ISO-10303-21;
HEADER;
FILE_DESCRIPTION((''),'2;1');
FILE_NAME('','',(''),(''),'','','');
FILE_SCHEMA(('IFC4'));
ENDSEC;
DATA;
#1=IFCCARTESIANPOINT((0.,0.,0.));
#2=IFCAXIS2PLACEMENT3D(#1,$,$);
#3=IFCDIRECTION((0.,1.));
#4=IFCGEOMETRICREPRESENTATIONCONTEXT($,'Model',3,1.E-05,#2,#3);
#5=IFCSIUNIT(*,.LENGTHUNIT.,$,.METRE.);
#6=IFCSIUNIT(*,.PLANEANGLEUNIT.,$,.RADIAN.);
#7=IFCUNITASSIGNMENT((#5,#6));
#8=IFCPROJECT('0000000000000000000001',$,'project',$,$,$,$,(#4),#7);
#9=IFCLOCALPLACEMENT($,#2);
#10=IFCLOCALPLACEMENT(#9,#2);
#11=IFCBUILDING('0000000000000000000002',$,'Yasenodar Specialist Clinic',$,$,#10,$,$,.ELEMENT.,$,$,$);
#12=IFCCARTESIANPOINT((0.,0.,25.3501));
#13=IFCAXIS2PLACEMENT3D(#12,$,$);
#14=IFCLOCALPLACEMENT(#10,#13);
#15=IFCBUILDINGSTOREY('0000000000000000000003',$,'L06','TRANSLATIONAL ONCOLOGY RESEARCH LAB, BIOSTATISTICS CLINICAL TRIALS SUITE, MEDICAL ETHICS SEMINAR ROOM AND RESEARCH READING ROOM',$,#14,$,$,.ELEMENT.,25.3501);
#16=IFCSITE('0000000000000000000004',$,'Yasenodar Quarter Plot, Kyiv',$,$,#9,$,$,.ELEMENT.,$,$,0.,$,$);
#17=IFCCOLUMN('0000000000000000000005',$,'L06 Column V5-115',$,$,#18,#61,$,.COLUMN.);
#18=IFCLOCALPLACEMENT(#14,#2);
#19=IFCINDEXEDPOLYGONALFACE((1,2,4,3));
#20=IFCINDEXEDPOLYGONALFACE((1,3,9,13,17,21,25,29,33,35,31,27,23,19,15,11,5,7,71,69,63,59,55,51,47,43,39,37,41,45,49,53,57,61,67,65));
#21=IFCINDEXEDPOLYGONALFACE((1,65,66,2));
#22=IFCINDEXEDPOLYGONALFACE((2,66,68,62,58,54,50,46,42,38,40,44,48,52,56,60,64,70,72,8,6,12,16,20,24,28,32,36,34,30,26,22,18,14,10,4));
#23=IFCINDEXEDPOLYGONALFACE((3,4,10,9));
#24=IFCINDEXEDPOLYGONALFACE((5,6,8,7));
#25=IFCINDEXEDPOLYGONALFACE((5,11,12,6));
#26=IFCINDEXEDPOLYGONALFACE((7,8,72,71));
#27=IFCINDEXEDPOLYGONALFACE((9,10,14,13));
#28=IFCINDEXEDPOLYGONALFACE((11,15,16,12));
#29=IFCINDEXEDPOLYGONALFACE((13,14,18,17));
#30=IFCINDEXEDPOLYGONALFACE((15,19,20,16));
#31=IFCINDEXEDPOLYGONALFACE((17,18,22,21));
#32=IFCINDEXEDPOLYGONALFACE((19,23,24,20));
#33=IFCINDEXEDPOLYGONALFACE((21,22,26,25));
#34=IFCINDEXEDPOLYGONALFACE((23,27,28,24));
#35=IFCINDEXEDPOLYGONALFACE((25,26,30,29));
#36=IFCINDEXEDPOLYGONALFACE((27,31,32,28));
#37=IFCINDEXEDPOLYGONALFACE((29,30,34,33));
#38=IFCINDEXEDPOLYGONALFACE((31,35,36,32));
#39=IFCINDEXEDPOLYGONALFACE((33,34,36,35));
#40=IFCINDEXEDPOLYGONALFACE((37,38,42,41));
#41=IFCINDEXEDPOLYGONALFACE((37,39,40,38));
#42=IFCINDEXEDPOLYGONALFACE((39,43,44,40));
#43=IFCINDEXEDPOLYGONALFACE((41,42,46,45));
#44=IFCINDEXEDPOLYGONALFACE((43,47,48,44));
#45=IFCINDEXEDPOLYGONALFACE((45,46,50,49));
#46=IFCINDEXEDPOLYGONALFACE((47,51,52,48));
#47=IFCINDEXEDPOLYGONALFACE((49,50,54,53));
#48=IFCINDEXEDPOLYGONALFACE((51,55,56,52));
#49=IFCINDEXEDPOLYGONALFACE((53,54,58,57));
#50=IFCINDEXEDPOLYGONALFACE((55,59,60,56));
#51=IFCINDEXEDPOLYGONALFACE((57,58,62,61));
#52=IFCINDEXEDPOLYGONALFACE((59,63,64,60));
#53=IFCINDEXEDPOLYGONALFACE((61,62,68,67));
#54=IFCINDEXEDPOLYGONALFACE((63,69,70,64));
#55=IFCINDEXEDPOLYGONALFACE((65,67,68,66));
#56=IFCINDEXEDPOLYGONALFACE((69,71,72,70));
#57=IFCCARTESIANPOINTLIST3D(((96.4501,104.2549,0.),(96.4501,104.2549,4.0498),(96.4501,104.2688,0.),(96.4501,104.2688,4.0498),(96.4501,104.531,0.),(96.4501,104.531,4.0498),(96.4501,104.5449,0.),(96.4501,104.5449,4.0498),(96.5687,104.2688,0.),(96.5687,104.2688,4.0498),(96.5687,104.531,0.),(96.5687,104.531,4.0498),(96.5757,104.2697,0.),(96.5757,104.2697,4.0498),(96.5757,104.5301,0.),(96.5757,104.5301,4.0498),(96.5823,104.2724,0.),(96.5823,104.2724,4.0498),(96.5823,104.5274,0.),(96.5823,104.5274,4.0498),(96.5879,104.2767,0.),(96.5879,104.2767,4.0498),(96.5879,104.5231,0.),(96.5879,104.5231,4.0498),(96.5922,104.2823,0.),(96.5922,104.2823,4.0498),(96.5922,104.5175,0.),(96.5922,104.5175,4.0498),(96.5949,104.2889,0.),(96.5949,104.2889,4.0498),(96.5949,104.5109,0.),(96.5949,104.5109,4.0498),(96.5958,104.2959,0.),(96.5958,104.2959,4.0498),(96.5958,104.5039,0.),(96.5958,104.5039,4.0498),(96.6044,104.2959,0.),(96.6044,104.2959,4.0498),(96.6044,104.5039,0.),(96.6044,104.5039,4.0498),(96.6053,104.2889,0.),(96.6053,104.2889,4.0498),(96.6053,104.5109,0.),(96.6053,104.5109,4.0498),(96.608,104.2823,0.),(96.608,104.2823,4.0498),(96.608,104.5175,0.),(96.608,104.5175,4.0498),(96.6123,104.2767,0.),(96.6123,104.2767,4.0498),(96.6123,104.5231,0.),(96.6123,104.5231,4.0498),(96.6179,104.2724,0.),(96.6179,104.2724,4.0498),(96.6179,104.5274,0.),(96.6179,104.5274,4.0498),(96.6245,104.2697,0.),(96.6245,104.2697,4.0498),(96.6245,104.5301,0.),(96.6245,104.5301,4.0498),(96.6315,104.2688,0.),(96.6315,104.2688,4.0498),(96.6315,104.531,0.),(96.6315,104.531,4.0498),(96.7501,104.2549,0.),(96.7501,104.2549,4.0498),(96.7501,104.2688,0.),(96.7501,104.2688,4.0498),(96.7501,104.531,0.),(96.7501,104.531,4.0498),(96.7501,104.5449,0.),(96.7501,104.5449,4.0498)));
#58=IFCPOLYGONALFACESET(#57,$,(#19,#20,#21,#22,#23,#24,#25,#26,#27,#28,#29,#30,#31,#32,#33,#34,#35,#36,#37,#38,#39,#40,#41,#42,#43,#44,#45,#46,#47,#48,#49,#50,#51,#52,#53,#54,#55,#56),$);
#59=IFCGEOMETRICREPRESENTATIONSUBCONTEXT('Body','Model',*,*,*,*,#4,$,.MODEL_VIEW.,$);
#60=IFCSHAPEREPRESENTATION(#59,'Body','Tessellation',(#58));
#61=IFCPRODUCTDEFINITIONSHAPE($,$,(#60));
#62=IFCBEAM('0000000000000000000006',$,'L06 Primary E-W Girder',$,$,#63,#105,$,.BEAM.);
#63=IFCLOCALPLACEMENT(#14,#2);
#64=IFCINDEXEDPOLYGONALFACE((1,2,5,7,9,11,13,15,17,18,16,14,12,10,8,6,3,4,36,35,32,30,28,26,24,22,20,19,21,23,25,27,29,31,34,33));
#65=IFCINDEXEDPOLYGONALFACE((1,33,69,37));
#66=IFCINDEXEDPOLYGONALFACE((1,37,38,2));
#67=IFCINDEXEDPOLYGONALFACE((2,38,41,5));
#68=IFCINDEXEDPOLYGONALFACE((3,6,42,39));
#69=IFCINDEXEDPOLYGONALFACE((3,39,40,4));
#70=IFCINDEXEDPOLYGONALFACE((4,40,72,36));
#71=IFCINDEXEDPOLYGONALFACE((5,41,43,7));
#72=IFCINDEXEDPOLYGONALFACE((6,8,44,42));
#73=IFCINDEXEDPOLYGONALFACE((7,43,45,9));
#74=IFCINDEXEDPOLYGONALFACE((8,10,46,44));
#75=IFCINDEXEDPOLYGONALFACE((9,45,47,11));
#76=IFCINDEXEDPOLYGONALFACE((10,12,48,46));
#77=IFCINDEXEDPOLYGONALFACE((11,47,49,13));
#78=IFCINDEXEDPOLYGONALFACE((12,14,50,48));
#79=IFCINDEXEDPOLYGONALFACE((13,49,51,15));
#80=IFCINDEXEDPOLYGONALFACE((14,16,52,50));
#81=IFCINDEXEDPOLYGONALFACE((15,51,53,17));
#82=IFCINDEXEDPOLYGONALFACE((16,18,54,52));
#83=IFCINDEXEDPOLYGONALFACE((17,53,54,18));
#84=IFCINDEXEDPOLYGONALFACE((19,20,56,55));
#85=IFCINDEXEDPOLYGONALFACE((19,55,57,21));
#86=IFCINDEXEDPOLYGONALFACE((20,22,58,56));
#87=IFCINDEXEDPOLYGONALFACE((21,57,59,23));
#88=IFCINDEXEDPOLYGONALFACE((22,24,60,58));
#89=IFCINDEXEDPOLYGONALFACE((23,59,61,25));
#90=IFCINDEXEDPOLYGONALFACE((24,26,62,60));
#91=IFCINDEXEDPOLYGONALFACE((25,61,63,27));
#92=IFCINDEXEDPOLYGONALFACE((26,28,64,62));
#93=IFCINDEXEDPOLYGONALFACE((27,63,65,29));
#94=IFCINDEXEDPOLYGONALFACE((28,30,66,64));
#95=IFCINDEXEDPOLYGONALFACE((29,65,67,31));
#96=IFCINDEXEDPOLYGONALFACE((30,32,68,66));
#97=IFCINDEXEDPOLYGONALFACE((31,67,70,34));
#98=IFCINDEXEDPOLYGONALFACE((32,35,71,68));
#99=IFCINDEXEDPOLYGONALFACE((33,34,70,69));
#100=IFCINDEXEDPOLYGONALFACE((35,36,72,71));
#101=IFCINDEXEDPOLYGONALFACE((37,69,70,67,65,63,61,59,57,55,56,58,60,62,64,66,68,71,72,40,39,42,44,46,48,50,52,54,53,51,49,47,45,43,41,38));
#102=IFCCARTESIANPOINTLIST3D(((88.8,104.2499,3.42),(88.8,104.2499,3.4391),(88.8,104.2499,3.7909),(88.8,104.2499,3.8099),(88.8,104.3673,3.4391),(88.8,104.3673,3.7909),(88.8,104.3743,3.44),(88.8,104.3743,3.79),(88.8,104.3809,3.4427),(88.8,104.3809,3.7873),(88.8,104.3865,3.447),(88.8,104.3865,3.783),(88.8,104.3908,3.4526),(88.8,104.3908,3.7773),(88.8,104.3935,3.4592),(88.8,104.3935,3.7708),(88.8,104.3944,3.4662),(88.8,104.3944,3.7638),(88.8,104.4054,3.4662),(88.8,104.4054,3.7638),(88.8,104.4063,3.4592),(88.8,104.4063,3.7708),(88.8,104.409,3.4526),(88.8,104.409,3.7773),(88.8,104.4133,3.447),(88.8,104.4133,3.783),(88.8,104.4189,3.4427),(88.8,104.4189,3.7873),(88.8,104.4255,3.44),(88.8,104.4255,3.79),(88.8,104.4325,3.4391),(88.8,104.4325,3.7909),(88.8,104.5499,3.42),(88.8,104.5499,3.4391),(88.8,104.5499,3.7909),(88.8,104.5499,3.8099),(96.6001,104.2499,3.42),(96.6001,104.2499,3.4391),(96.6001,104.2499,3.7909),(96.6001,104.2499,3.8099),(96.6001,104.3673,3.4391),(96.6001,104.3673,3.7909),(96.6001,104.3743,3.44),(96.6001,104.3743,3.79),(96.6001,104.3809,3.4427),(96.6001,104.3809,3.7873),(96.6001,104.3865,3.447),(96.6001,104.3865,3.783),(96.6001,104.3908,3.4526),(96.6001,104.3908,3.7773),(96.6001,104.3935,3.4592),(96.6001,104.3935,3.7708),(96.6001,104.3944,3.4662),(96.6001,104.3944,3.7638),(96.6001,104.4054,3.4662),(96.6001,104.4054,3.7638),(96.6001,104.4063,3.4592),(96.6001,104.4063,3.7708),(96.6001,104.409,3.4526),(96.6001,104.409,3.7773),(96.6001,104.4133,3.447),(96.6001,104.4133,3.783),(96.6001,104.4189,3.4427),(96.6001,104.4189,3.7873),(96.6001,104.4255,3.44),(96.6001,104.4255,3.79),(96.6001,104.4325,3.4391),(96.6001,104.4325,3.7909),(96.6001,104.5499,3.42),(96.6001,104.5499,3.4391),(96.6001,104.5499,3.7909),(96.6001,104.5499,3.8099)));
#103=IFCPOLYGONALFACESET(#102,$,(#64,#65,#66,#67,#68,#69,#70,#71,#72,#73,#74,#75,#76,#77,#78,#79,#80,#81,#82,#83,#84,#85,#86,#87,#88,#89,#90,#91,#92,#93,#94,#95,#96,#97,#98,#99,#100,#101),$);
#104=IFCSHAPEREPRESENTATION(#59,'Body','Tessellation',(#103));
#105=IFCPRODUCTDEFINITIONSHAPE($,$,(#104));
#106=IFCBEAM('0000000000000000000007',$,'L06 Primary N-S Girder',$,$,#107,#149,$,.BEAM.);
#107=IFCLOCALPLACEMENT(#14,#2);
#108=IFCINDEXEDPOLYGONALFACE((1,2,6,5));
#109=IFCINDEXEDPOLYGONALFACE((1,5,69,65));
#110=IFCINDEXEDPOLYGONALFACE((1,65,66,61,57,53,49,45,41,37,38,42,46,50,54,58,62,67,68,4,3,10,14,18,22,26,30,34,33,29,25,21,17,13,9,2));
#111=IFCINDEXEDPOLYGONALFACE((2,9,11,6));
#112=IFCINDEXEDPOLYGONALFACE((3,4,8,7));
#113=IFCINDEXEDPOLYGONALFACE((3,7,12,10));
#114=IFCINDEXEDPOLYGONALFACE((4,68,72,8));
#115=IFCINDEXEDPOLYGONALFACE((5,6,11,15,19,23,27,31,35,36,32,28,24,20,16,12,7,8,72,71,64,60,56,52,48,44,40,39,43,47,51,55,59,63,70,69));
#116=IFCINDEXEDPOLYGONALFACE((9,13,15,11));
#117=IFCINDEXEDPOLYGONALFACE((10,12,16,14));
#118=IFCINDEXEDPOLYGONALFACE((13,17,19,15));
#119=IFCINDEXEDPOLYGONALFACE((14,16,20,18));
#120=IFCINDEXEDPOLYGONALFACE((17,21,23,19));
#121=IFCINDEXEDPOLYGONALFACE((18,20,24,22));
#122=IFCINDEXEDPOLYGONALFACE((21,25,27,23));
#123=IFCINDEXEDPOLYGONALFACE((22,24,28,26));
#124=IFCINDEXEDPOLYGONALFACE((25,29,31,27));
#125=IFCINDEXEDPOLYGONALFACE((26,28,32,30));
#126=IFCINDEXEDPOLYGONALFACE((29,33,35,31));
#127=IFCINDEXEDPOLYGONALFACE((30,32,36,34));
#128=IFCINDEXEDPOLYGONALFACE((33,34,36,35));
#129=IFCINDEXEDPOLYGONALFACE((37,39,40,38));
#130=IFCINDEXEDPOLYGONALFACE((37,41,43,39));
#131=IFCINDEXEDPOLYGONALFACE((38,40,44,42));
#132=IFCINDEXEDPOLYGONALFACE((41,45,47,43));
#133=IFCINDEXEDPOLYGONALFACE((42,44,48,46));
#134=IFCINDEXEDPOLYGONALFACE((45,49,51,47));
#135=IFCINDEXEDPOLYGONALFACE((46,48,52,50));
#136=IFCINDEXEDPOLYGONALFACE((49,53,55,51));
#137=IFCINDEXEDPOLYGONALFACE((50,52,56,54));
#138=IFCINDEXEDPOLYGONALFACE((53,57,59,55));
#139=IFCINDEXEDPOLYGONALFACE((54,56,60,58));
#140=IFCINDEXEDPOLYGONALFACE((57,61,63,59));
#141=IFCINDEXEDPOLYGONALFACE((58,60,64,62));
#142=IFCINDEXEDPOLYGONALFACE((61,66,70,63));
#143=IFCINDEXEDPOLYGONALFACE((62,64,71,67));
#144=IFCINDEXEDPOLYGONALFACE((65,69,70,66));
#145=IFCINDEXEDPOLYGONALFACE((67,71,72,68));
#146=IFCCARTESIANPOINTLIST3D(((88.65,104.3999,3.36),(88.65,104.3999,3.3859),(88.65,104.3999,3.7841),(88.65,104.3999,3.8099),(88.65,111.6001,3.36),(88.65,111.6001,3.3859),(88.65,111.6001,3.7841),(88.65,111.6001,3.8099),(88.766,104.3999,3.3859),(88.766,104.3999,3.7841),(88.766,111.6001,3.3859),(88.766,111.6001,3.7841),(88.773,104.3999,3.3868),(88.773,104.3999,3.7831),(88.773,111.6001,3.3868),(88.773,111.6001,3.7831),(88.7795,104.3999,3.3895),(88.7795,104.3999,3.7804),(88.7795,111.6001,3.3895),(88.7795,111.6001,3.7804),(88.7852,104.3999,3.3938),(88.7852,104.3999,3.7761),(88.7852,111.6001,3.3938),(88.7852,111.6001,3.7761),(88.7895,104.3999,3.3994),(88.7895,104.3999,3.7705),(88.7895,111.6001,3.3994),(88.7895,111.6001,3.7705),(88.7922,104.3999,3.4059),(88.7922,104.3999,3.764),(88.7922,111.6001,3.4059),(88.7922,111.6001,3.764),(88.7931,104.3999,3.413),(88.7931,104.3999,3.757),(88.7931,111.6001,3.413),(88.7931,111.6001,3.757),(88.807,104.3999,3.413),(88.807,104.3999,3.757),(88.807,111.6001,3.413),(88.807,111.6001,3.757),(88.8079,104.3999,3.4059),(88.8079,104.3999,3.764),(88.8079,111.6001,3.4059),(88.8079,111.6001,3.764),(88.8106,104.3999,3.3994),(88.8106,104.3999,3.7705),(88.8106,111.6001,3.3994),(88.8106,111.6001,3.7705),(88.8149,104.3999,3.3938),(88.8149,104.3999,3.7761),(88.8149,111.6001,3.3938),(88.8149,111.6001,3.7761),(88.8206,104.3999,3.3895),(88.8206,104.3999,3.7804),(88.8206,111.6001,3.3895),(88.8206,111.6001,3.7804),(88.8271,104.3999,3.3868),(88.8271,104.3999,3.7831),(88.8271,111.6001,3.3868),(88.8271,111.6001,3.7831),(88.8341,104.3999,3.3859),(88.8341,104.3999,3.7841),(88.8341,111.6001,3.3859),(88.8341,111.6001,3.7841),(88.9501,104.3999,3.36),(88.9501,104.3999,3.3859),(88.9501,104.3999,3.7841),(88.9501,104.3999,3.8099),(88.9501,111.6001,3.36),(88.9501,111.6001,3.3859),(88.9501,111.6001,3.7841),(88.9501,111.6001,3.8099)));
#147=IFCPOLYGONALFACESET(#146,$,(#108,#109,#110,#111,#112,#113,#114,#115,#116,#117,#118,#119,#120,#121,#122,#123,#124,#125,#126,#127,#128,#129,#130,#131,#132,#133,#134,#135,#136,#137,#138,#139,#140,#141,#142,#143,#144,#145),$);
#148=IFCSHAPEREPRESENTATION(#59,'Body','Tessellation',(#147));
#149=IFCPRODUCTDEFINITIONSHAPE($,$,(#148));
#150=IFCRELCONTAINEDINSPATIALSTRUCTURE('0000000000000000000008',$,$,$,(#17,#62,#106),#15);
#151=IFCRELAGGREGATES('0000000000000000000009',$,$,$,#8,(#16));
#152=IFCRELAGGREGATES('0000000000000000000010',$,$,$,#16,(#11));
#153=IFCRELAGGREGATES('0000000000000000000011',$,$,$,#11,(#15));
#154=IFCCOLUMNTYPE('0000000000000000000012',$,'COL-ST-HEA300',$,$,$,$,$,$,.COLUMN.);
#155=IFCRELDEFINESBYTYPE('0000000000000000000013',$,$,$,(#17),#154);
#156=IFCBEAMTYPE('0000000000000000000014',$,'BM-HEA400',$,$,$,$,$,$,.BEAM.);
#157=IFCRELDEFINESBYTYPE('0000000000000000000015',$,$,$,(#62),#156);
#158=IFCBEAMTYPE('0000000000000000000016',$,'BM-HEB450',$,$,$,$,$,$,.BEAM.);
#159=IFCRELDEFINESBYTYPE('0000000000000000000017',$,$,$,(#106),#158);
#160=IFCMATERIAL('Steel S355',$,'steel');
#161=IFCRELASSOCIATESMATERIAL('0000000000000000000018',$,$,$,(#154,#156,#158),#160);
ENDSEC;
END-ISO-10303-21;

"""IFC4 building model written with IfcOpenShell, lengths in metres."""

from ifc_helpers import new_model, si_unit, direction, frame, origin, origin_2d, place, context, subcontext, project, spatial, i_section, extrude, material, material_profile, profile_set, type_object, element, save


model = new_model("IFC4")

# Units and contexts
model_context = context("Model", 3, precision=1e-05, world=origin(), true_north=direction((0.0, 1.0)))
body_context = subcontext(model_context, "Body", "Model", "MODEL_VIEW")
ifc_project = project(units=[si_unit("LENGTHUNIT", "METRE"), si_unit("PLANEANGLEUNIT", "RADIAN")], contexts=[model_context])

# Site, building, storey
site_placement = place(None, origin())
site = spatial("IfcSite", under=ifc_project, at=site_placement, Name="Yasenodar Quarter Plot, Kyiv", CompositionType="ELEMENT", RefElevation=0.0)
building_placement = place(site_placement, origin())
building = spatial("IfcBuilding", under=site, at=building_placement, Name="Yasenodar Specialist Clinic", CompositionType="ELEMENT")
storey_placement = place(building_placement, frame((0.0, 0.0, 25.3501)))
storey = spatial("IfcBuildingStorey", under=building, at=storey_placement, Name="L06", Description="TRANSLATIONAL ONCOLOGY RESEARCH LAB, BIOSTATISTICS CLINICAL TRIALS SUITE, MEDICAL ETHICS SEMINAR ROOM AND RESEARCH READING ROOM", CompositionType="ELEMENT", Elevation=25.3501)

# Column
ifc_material_1 = material(Name="Steel S355", Category="steel")
ifc_material_profile_1 = material_profile(ifc_material_1, i_section(OverallWidth=0.3, OverallDepth=0.29, WebThickness=0.0085, FlangeThickness=0.0139, FilletRadius=0.0271, at=origin_2d()), Name="HEA 300")
ifc_profile_set_1 = profile_set([ifc_material_profile_1], Name="Steel S355")
column_type_1 = type_object("IfcColumnType", Name="COL-ST-HEA300", PredefinedType="COLUMN", material=ifc_profile_set_1)
for number, where, z_axis, x_axis, name in (
    (1, (96.6001, 104.3999, 0.0), (0.0, 0.0, 1.0), (1.0, 0.0, 0.0), "L06 Column V5-115"),
):
    element("IfcColumn", number, at=place(storey_placement, frame(where, z_axis=z_axis, x_axis=x_axis)), inside=storey, type_object=column_type_1, Name=name, PredefinedType="COLUMN", context=body_context, shape_type="SweptSolid", body=[
        extrude(i_section(OverallWidth=0.3, OverallDepth=0.29, WebThickness=0.0085, FlangeThickness=0.0139, FilletRadius=0.0271, at=origin_2d()), origin(), (0.0, 0.0, 1.0), 4.0498),
    ])

# Beams
ifc_material_profile_2 = material_profile(ifc_material_1, i_section(OverallWidth=0.3, OverallDepth=0.3899, WebThickness=0.011, FlangeThickness=0.019, FilletRadius=0.0271, at=origin_2d()), Name="HEA 400")
ifc_profile_set_2 = profile_set([ifc_material_profile_2], Name="Steel S355")
beam_type_1 = type_object("IfcBeamType", Name="BM-HEA400", PredefinedType="BEAM", material=ifc_profile_set_2)
beam_1_placement = place(storey_placement, frame((88.8, 104.3999, 3.615), z_axis=(1.0, 0.0, 0.0), x_axis=(0.0, 1.0, 0.0)))
element("IfcBeam", 2, at=beam_1_placement, inside=storey, type_object=beam_type_1, Name="L06 Primary E-W Girder", PredefinedType="BEAM", context=body_context, shape_type="SweptSolid", body=[
    extrude(i_section(OverallWidth=0.3, OverallDepth=0.3899, WebThickness=0.011, FlangeThickness=0.019, FilletRadius=0.0271, at=origin_2d()), origin(), (0.0, 0.0, 1.0), 7.8),
])
ifc_material_profile_3 = material_profile(ifc_material_1, i_section(OverallWidth=0.3, OverallDepth=0.45, WebThickness=0.0139, FlangeThickness=0.0259, FilletRadius=0.0271, at=origin_2d()), Name="HEB 450")
ifc_profile_set_3 = profile_set([ifc_material_profile_3], Name="Steel S355")
beam_type_2 = type_object("IfcBeamType", Name="BM-HEB450", PredefinedType="BEAM", material=ifc_profile_set_3)
beam_2_placement = place(storey_placement, frame((88.8, 104.3999, 3.585), z_axis=(0.0, 1.0, 0.0), x_axis=(-1.0, 0.0, 0.0)))
element("IfcBeam", 3, at=beam_2_placement, inside=storey, type_object=beam_type_2, Name="L06 Primary N-S Girder", PredefinedType="BEAM", context=body_context, shape_type="SweptSolid", body=[
    extrude(i_section(OverallWidth=0.3, OverallDepth=0.45, WebThickness=0.0139, FlangeThickness=0.0259, FilletRadius=0.0271, at=origin_2d()), origin(), (0.0, 0.0, 1.0), 7.2002),
])

save(model, "model.ifc")
